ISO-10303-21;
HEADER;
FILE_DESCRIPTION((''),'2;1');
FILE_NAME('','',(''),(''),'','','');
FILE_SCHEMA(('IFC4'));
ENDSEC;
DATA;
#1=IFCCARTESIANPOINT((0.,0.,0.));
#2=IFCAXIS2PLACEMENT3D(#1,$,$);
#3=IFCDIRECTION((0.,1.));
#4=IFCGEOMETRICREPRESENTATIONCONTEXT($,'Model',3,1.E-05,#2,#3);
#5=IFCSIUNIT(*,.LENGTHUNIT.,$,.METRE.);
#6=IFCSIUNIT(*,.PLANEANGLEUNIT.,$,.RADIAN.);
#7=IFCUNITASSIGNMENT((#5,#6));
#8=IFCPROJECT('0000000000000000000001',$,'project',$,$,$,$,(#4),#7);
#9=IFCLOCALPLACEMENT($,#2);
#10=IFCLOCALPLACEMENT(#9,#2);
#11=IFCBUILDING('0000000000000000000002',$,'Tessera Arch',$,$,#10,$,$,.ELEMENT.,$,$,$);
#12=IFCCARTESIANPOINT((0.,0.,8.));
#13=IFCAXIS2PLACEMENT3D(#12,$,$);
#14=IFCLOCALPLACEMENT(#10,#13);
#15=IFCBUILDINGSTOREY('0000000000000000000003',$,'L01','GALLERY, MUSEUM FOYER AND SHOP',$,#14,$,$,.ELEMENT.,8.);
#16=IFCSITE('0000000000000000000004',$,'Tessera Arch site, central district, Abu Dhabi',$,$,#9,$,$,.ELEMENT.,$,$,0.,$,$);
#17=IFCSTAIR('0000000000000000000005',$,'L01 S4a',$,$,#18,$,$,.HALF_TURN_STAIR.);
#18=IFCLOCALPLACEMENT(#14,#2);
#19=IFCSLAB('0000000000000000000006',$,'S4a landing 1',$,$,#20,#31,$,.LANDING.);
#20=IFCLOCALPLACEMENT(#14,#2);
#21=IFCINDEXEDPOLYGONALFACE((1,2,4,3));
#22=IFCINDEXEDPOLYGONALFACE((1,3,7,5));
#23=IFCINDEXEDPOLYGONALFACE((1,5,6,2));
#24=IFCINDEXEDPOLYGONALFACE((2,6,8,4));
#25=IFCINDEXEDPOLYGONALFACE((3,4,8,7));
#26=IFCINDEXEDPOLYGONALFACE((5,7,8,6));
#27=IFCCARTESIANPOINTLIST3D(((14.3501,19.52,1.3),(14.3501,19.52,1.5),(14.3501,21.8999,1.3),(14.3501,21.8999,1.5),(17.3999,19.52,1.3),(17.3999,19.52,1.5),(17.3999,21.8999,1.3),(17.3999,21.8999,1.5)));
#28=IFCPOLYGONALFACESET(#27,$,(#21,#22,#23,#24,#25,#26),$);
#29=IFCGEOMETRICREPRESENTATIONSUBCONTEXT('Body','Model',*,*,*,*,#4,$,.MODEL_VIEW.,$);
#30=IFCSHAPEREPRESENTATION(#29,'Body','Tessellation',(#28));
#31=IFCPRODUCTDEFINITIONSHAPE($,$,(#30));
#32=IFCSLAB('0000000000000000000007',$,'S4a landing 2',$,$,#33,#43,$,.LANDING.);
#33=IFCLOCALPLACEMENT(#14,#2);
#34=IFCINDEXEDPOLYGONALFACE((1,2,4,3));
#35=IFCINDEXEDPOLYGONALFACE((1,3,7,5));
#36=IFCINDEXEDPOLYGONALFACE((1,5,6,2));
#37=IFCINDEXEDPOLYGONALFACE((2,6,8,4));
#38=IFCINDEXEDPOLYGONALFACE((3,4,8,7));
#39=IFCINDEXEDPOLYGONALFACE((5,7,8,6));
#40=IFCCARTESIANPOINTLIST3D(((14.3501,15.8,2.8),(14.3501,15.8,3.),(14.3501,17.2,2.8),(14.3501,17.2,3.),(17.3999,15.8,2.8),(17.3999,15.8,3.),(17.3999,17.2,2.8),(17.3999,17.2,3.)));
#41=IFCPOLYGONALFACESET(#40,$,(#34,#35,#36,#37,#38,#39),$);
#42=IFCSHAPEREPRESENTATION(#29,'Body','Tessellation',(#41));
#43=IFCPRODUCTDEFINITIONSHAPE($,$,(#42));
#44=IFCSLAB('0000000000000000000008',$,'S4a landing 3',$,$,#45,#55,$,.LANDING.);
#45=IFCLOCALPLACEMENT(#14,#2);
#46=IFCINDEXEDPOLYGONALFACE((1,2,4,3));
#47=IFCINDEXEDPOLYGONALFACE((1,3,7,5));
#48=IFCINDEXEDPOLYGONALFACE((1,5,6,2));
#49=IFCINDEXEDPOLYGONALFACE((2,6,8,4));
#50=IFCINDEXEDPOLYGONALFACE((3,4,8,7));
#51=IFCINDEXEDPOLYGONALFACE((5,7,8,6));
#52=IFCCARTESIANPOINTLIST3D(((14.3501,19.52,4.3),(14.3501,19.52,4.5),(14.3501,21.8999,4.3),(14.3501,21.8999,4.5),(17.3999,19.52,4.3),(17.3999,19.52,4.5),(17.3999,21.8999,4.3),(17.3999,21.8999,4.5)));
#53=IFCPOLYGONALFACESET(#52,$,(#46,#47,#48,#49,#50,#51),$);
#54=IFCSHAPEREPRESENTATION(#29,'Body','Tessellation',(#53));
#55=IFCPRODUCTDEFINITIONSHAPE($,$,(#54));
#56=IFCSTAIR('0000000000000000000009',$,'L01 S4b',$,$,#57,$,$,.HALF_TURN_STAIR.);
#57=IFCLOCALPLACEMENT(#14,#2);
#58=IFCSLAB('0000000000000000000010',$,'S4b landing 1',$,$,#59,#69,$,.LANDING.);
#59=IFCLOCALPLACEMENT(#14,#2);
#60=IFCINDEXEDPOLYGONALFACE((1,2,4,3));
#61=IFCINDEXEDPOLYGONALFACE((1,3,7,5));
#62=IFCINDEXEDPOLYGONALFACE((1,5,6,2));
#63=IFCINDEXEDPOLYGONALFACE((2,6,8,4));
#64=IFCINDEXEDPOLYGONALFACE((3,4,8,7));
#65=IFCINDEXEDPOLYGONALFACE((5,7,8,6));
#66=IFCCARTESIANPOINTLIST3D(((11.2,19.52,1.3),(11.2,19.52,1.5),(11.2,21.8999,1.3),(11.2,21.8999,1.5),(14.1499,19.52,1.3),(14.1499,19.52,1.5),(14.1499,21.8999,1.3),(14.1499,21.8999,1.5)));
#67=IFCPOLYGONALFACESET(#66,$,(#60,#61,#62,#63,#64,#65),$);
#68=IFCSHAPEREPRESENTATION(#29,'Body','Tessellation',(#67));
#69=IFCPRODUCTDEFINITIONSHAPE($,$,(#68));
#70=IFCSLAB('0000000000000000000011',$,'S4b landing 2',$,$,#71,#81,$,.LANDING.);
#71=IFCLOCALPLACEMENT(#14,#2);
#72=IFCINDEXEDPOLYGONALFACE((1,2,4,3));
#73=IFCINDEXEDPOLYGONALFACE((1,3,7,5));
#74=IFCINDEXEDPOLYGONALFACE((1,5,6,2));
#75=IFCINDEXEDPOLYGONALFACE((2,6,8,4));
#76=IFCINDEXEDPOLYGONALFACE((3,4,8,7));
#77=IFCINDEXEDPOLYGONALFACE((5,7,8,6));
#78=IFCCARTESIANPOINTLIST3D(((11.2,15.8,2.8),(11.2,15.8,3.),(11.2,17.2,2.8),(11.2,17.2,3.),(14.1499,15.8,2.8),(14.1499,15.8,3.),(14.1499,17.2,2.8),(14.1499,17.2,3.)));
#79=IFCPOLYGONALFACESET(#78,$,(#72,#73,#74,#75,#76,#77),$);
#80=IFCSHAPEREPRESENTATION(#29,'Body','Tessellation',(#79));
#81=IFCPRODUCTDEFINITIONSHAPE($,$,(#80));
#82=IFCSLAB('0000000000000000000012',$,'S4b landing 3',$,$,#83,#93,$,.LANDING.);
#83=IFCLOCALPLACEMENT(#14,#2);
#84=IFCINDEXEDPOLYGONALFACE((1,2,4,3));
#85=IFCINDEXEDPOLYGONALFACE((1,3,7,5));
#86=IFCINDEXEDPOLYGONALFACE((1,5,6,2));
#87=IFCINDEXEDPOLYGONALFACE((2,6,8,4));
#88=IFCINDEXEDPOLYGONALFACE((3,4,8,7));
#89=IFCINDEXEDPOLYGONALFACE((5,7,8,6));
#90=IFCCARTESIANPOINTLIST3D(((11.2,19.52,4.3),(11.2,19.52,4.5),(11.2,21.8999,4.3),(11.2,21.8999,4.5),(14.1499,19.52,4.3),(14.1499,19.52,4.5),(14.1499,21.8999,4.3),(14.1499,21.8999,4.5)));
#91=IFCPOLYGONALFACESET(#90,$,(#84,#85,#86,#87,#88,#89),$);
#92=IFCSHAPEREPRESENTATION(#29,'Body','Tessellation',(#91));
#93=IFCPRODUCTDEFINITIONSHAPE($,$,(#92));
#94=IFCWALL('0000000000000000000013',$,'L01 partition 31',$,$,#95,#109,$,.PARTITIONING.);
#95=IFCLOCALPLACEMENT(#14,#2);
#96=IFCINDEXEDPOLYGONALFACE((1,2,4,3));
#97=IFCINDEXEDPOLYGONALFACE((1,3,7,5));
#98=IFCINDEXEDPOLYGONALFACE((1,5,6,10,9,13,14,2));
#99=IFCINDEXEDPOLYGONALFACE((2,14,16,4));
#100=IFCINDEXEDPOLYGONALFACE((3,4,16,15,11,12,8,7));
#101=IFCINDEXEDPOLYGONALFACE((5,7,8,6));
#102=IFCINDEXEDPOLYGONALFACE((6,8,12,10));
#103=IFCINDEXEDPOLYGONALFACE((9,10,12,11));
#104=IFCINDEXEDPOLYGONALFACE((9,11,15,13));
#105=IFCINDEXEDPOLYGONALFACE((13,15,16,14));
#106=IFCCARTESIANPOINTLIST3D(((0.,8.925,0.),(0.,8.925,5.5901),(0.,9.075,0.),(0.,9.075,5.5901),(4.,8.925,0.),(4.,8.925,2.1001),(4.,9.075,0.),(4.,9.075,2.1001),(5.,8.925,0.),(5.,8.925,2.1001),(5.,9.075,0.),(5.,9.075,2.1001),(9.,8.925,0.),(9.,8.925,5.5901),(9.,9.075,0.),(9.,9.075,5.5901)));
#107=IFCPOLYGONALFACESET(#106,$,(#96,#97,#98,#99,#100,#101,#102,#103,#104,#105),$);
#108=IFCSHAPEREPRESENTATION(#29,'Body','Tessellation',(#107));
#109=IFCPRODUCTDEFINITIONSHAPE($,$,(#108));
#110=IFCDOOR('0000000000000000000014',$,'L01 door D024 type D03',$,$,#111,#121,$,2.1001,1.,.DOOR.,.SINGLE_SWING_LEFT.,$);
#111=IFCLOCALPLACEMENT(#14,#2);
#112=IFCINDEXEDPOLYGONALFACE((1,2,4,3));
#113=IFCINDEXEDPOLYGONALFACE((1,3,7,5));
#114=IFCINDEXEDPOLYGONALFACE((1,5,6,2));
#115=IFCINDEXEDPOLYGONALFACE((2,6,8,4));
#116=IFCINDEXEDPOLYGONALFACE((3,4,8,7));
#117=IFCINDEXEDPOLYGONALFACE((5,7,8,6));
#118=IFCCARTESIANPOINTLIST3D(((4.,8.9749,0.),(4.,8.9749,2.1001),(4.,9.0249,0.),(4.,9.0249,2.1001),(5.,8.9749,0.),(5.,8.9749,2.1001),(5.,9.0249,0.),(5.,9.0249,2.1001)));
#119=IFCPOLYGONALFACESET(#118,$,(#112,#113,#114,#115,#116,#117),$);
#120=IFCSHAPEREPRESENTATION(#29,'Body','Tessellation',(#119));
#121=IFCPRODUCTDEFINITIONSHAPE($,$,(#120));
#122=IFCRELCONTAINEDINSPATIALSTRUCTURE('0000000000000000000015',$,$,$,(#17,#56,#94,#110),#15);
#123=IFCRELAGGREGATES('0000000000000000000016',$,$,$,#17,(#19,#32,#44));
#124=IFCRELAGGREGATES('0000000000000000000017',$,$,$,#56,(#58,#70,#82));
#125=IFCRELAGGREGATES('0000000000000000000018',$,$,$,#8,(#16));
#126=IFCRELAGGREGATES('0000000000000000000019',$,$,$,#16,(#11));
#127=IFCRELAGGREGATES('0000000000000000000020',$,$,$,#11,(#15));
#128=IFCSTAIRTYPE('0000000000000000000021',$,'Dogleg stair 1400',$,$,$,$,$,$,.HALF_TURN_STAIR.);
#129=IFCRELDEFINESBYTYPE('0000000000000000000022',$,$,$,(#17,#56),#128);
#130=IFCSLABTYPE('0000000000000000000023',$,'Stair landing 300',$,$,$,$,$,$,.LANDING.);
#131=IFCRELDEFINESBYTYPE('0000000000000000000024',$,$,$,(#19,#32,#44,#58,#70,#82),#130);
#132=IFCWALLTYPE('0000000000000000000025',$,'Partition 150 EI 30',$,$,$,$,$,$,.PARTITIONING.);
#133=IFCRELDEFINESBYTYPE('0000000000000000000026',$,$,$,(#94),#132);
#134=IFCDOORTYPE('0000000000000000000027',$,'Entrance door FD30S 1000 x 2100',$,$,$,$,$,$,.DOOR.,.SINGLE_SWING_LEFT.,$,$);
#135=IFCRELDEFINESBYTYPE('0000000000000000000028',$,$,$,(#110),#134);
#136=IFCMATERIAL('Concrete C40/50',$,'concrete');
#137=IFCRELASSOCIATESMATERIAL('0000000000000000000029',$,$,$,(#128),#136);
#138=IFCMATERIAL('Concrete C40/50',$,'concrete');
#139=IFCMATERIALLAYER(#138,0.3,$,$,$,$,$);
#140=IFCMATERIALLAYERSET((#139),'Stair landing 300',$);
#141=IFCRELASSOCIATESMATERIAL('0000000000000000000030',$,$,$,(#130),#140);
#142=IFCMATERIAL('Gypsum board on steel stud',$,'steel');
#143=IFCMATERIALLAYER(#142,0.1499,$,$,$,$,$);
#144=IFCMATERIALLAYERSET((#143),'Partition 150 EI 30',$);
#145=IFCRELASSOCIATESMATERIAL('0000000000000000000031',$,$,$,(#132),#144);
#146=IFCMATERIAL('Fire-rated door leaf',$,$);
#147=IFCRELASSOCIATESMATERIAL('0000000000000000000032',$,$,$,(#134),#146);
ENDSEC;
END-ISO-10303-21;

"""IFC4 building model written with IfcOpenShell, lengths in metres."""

from ifc_helpers import new_model, si_unit, direction, frame, frame_2d, origin, place, context, subcontext, project, spatial, polyline, rectangle, outline, extrude, material, layer, layer_set, type_object, element, fill, aggregate, save


model = new_model("IFC4")

# Units and contexts
model_context = context("Model", 3, precision=1e-05, world=origin(), true_north=direction((0.0, 1.0)))
body_context = subcontext(model_context, "Body", "Model", "MODEL_VIEW")
ifc_project = project(units=[si_unit("LENGTHUNIT", "METRE"), si_unit("PLANEANGLEUNIT", "RADIAN")], contexts=[model_context])

# Site, building, storey
site_placement = place(None, origin())
site = spatial("IfcSite", under=ifc_project, at=site_placement, Name="Tessera Arch site, central district, Abu Dhabi", CompositionType="ELEMENT", RefElevation=0.0)
building_placement = place(site_placement, origin())
building = spatial("IfcBuilding", under=site, at=building_placement, Name="Tessera Arch", CompositionType="ELEMENT")
storey_placement = place(building_placement, frame((0.0, 0.0, 8.0)))
storey = spatial("IfcBuildingStorey", under=building, at=storey_placement, Name="L01", Description="GALLERY, MUSEUM FOYER AND SHOP", CompositionType="ELEMENT", Elevation=8.0)

# Shared definitions
ifc_material_1 = material(Name="Concrete C40/50", Category="concrete")
stair_type = type_object("IfcStairType", Name="Dogleg stair 1400", PredefinedType="HALF_TURN_STAIR", material=ifc_material_1)
ifc_material_2 = material(Name="Concrete C40/50", Category="concrete")
ifc_layer_1 = layer(ifc_material_2, 0.3)
ifc_layer_set_1 = layer_set([ifc_layer_1], Name="Stair landing 300")
slab_type = type_object("IfcSlabType", Name="Stair landing 300", PredefinedType="LANDING", material=ifc_layer_set_1)

# Stairs, slabs
stair_1_placement = place(storey_placement, origin())
stair_1 = element("IfcStair", 1, at=stair_1_placement, inside=storey, type_object=stair_type, Name="L01 S4a", PredefinedType="HALF_TURN_STAIR")
slab_1_placement = place(storey_placement, frame((0.0, 0.0, 1.3)))
slab_1 = element("IfcSlab", 2, at=slab_1_placement, type_object=slab_type, Name="S4a landing 1", PredefinedType="LANDING", context=body_context, shape_type="SweptSolid", body=[
    extrude(outline(polyline([(17.3999, 19.52), (17.3999, 21.8999), (14.3501, 21.8999), (14.3501, 19.52), (17.3999, 19.52)])), origin(), (0.0, 0.0, 1.0), 0.2),
])
slab_2_placement = place(storey_placement, frame((0.0, 0.0, 2.8)))
slab_2 = element("IfcSlab", 3, at=slab_2_placement, type_object=slab_type, Name="S4a landing 2", PredefinedType="LANDING", context=body_context, shape_type="SweptSolid", body=[
    extrude(outline(polyline([(17.3999, 15.8), (17.3999, 17.2), (14.3501, 17.2), (14.3501, 15.8), (17.3999, 15.8)])), origin(), (0.0, 0.0, 1.0), 0.2),
])
slab_3_placement = place(storey_placement, frame((0.0, 0.0, 4.3)))
slab_3 = element("IfcSlab", 4, at=slab_3_placement, type_object=slab_type, Name="S4a landing 3", PredefinedType="LANDING", context=body_context, shape_type="SweptSolid", body=[
    extrude(outline(polyline([(17.3999, 19.52), (17.3999, 21.8999), (14.3501, 21.8999), (14.3501, 19.52), (17.3999, 19.52)])), origin(), (0.0, 0.0, 1.0), 0.2),
])
aggregate(stair_1, [slab_1, slab_2, slab_3])
stair_2_placement = place(storey_placement, origin())
stair_2 = element("IfcStair", 5, at=stair_2_placement, inside=storey, type_object=stair_type, Name="L01 S4b", PredefinedType="HALF_TURN_STAIR")
slab_4_placement = place(storey_placement, frame((0.0, 0.0, 1.3)))
slab_4 = element("IfcSlab", 6, at=slab_4_placement, type_object=slab_type, Name="S4b landing 1", PredefinedType="LANDING", context=body_context, shape_type="SweptSolid", body=[
    extrude(outline(polyline([(14.1499, 19.52), (14.1499, 21.8999), (11.2, 21.8999), (11.2, 19.52), (14.1499, 19.52)])), origin(), (0.0, 0.0, 1.0), 0.2),
])
slab_5_placement = place(storey_placement, frame((0.0, 0.0, 2.8)))
slab_5 = element("IfcSlab", 7, at=slab_5_placement, type_object=slab_type, Name="S4b landing 2", PredefinedType="LANDING", context=body_context, shape_type="SweptSolid", body=[
    extrude(outline(polyline([(14.1499, 15.8), (14.1499, 17.2), (11.2, 17.2), (11.2, 15.8), (14.1499, 15.8)])), origin(), (0.0, 0.0, 1.0), 0.2),
])
slab_6_placement = place(storey_placement, frame((0.0, 0.0, 4.3)))
slab_6 = element("IfcSlab", 8, at=slab_6_placement, type_object=slab_type, Name="S4b landing 3", PredefinedType="LANDING", context=body_context, shape_type="SweptSolid", body=[
    extrude(outline(polyline([(14.1499, 19.52), (14.1499, 21.8999), (11.2, 21.8999), (11.2, 19.52), (14.1499, 19.52)])), origin(), (0.0, 0.0, 1.0), 0.2),
])
aggregate(stair_2, [slab_4, slab_5, slab_6])

# Wall, opening, door
ifc_material_3 = material(Name="Gypsum board on steel stud", Category="steel")
ifc_layer_2 = layer(ifc_material_3, 0.1499)
ifc_layer_set_2 = layer_set([ifc_layer_2], Name="Partition 150 EI 30")
wall_type = type_object("IfcWallType", Name="Partition 150 EI 30", PredefinedType="PARTITIONING", material=ifc_layer_set_2)
wall_placement = place(storey_placement, frame((0.0, 9.0, 0.0), z_axis=(0.0, 0.0, 1.0), x_axis=(1.0, 0.0, 0.0)))
wall = element("IfcWall", 9, at=wall_placement, inside=storey, type_object=wall_type, Name="L01 partition 31", PredefinedType="PARTITIONING", context=body_context, shape_type="SweptSolid", body=[
    extrude(rectangle(XDim=9.0, YDim=0.1499, at=frame_2d((4.5, 0.0))), origin(), (0.0, 0.0, 1.0), 5.5901),
])
opening_placement = place(wall_placement, frame((4.0, 0.0, 0.0)))
opening = element("IfcOpeningElement", 10, at=opening_placement, cuts=wall, PredefinedType="OPENING", context=body_context, shape_type="SweptSolid", body=[
    extrude(rectangle(XDim=1.0, YDim=2.1001, at=frame_2d((0.5, 1.05))), frame((0.0, 0.085, 0.0), z_axis=(0.0, -1.0, 0.0), x_axis=(1.0, 0.0, 0.0)), (0.0, 0.0, 1.0), 0.1699),
])
ifc_material_4 = material(Name="Fire-rated door leaf")
door_type = type_object("IfcDoorType", Name="Entrance door FD30S 1000 x 2100", OperationType="SINGLE_SWING_LEFT", PredefinedType="DOOR", material=ifc_material_4)
door_placement = place(opening_placement, origin())
door = element("IfcDoor", 11, at=door_placement, inside=storey, type_object=door_type, Name="L01 door D024 type D03", OperationType="SINGLE_SWING_LEFT", OverallHeight=2.1001, OverallWidth=1.0, PredefinedType="DOOR", context=body_context, shape_type="SweptSolid", body=[
    extrude(rectangle(XDim=1.0, YDim=2.1001, at=frame_2d((0.5, 1.05))), frame((0.0, 0.0249, 0.0), z_axis=(0.0, -1.0, 0.0), x_axis=(1.0, 0.0, 0.0)), (0.0, 0.0, 1.0), 0.05),
])
fill(opening, door)

save(model, "model.ifc")
